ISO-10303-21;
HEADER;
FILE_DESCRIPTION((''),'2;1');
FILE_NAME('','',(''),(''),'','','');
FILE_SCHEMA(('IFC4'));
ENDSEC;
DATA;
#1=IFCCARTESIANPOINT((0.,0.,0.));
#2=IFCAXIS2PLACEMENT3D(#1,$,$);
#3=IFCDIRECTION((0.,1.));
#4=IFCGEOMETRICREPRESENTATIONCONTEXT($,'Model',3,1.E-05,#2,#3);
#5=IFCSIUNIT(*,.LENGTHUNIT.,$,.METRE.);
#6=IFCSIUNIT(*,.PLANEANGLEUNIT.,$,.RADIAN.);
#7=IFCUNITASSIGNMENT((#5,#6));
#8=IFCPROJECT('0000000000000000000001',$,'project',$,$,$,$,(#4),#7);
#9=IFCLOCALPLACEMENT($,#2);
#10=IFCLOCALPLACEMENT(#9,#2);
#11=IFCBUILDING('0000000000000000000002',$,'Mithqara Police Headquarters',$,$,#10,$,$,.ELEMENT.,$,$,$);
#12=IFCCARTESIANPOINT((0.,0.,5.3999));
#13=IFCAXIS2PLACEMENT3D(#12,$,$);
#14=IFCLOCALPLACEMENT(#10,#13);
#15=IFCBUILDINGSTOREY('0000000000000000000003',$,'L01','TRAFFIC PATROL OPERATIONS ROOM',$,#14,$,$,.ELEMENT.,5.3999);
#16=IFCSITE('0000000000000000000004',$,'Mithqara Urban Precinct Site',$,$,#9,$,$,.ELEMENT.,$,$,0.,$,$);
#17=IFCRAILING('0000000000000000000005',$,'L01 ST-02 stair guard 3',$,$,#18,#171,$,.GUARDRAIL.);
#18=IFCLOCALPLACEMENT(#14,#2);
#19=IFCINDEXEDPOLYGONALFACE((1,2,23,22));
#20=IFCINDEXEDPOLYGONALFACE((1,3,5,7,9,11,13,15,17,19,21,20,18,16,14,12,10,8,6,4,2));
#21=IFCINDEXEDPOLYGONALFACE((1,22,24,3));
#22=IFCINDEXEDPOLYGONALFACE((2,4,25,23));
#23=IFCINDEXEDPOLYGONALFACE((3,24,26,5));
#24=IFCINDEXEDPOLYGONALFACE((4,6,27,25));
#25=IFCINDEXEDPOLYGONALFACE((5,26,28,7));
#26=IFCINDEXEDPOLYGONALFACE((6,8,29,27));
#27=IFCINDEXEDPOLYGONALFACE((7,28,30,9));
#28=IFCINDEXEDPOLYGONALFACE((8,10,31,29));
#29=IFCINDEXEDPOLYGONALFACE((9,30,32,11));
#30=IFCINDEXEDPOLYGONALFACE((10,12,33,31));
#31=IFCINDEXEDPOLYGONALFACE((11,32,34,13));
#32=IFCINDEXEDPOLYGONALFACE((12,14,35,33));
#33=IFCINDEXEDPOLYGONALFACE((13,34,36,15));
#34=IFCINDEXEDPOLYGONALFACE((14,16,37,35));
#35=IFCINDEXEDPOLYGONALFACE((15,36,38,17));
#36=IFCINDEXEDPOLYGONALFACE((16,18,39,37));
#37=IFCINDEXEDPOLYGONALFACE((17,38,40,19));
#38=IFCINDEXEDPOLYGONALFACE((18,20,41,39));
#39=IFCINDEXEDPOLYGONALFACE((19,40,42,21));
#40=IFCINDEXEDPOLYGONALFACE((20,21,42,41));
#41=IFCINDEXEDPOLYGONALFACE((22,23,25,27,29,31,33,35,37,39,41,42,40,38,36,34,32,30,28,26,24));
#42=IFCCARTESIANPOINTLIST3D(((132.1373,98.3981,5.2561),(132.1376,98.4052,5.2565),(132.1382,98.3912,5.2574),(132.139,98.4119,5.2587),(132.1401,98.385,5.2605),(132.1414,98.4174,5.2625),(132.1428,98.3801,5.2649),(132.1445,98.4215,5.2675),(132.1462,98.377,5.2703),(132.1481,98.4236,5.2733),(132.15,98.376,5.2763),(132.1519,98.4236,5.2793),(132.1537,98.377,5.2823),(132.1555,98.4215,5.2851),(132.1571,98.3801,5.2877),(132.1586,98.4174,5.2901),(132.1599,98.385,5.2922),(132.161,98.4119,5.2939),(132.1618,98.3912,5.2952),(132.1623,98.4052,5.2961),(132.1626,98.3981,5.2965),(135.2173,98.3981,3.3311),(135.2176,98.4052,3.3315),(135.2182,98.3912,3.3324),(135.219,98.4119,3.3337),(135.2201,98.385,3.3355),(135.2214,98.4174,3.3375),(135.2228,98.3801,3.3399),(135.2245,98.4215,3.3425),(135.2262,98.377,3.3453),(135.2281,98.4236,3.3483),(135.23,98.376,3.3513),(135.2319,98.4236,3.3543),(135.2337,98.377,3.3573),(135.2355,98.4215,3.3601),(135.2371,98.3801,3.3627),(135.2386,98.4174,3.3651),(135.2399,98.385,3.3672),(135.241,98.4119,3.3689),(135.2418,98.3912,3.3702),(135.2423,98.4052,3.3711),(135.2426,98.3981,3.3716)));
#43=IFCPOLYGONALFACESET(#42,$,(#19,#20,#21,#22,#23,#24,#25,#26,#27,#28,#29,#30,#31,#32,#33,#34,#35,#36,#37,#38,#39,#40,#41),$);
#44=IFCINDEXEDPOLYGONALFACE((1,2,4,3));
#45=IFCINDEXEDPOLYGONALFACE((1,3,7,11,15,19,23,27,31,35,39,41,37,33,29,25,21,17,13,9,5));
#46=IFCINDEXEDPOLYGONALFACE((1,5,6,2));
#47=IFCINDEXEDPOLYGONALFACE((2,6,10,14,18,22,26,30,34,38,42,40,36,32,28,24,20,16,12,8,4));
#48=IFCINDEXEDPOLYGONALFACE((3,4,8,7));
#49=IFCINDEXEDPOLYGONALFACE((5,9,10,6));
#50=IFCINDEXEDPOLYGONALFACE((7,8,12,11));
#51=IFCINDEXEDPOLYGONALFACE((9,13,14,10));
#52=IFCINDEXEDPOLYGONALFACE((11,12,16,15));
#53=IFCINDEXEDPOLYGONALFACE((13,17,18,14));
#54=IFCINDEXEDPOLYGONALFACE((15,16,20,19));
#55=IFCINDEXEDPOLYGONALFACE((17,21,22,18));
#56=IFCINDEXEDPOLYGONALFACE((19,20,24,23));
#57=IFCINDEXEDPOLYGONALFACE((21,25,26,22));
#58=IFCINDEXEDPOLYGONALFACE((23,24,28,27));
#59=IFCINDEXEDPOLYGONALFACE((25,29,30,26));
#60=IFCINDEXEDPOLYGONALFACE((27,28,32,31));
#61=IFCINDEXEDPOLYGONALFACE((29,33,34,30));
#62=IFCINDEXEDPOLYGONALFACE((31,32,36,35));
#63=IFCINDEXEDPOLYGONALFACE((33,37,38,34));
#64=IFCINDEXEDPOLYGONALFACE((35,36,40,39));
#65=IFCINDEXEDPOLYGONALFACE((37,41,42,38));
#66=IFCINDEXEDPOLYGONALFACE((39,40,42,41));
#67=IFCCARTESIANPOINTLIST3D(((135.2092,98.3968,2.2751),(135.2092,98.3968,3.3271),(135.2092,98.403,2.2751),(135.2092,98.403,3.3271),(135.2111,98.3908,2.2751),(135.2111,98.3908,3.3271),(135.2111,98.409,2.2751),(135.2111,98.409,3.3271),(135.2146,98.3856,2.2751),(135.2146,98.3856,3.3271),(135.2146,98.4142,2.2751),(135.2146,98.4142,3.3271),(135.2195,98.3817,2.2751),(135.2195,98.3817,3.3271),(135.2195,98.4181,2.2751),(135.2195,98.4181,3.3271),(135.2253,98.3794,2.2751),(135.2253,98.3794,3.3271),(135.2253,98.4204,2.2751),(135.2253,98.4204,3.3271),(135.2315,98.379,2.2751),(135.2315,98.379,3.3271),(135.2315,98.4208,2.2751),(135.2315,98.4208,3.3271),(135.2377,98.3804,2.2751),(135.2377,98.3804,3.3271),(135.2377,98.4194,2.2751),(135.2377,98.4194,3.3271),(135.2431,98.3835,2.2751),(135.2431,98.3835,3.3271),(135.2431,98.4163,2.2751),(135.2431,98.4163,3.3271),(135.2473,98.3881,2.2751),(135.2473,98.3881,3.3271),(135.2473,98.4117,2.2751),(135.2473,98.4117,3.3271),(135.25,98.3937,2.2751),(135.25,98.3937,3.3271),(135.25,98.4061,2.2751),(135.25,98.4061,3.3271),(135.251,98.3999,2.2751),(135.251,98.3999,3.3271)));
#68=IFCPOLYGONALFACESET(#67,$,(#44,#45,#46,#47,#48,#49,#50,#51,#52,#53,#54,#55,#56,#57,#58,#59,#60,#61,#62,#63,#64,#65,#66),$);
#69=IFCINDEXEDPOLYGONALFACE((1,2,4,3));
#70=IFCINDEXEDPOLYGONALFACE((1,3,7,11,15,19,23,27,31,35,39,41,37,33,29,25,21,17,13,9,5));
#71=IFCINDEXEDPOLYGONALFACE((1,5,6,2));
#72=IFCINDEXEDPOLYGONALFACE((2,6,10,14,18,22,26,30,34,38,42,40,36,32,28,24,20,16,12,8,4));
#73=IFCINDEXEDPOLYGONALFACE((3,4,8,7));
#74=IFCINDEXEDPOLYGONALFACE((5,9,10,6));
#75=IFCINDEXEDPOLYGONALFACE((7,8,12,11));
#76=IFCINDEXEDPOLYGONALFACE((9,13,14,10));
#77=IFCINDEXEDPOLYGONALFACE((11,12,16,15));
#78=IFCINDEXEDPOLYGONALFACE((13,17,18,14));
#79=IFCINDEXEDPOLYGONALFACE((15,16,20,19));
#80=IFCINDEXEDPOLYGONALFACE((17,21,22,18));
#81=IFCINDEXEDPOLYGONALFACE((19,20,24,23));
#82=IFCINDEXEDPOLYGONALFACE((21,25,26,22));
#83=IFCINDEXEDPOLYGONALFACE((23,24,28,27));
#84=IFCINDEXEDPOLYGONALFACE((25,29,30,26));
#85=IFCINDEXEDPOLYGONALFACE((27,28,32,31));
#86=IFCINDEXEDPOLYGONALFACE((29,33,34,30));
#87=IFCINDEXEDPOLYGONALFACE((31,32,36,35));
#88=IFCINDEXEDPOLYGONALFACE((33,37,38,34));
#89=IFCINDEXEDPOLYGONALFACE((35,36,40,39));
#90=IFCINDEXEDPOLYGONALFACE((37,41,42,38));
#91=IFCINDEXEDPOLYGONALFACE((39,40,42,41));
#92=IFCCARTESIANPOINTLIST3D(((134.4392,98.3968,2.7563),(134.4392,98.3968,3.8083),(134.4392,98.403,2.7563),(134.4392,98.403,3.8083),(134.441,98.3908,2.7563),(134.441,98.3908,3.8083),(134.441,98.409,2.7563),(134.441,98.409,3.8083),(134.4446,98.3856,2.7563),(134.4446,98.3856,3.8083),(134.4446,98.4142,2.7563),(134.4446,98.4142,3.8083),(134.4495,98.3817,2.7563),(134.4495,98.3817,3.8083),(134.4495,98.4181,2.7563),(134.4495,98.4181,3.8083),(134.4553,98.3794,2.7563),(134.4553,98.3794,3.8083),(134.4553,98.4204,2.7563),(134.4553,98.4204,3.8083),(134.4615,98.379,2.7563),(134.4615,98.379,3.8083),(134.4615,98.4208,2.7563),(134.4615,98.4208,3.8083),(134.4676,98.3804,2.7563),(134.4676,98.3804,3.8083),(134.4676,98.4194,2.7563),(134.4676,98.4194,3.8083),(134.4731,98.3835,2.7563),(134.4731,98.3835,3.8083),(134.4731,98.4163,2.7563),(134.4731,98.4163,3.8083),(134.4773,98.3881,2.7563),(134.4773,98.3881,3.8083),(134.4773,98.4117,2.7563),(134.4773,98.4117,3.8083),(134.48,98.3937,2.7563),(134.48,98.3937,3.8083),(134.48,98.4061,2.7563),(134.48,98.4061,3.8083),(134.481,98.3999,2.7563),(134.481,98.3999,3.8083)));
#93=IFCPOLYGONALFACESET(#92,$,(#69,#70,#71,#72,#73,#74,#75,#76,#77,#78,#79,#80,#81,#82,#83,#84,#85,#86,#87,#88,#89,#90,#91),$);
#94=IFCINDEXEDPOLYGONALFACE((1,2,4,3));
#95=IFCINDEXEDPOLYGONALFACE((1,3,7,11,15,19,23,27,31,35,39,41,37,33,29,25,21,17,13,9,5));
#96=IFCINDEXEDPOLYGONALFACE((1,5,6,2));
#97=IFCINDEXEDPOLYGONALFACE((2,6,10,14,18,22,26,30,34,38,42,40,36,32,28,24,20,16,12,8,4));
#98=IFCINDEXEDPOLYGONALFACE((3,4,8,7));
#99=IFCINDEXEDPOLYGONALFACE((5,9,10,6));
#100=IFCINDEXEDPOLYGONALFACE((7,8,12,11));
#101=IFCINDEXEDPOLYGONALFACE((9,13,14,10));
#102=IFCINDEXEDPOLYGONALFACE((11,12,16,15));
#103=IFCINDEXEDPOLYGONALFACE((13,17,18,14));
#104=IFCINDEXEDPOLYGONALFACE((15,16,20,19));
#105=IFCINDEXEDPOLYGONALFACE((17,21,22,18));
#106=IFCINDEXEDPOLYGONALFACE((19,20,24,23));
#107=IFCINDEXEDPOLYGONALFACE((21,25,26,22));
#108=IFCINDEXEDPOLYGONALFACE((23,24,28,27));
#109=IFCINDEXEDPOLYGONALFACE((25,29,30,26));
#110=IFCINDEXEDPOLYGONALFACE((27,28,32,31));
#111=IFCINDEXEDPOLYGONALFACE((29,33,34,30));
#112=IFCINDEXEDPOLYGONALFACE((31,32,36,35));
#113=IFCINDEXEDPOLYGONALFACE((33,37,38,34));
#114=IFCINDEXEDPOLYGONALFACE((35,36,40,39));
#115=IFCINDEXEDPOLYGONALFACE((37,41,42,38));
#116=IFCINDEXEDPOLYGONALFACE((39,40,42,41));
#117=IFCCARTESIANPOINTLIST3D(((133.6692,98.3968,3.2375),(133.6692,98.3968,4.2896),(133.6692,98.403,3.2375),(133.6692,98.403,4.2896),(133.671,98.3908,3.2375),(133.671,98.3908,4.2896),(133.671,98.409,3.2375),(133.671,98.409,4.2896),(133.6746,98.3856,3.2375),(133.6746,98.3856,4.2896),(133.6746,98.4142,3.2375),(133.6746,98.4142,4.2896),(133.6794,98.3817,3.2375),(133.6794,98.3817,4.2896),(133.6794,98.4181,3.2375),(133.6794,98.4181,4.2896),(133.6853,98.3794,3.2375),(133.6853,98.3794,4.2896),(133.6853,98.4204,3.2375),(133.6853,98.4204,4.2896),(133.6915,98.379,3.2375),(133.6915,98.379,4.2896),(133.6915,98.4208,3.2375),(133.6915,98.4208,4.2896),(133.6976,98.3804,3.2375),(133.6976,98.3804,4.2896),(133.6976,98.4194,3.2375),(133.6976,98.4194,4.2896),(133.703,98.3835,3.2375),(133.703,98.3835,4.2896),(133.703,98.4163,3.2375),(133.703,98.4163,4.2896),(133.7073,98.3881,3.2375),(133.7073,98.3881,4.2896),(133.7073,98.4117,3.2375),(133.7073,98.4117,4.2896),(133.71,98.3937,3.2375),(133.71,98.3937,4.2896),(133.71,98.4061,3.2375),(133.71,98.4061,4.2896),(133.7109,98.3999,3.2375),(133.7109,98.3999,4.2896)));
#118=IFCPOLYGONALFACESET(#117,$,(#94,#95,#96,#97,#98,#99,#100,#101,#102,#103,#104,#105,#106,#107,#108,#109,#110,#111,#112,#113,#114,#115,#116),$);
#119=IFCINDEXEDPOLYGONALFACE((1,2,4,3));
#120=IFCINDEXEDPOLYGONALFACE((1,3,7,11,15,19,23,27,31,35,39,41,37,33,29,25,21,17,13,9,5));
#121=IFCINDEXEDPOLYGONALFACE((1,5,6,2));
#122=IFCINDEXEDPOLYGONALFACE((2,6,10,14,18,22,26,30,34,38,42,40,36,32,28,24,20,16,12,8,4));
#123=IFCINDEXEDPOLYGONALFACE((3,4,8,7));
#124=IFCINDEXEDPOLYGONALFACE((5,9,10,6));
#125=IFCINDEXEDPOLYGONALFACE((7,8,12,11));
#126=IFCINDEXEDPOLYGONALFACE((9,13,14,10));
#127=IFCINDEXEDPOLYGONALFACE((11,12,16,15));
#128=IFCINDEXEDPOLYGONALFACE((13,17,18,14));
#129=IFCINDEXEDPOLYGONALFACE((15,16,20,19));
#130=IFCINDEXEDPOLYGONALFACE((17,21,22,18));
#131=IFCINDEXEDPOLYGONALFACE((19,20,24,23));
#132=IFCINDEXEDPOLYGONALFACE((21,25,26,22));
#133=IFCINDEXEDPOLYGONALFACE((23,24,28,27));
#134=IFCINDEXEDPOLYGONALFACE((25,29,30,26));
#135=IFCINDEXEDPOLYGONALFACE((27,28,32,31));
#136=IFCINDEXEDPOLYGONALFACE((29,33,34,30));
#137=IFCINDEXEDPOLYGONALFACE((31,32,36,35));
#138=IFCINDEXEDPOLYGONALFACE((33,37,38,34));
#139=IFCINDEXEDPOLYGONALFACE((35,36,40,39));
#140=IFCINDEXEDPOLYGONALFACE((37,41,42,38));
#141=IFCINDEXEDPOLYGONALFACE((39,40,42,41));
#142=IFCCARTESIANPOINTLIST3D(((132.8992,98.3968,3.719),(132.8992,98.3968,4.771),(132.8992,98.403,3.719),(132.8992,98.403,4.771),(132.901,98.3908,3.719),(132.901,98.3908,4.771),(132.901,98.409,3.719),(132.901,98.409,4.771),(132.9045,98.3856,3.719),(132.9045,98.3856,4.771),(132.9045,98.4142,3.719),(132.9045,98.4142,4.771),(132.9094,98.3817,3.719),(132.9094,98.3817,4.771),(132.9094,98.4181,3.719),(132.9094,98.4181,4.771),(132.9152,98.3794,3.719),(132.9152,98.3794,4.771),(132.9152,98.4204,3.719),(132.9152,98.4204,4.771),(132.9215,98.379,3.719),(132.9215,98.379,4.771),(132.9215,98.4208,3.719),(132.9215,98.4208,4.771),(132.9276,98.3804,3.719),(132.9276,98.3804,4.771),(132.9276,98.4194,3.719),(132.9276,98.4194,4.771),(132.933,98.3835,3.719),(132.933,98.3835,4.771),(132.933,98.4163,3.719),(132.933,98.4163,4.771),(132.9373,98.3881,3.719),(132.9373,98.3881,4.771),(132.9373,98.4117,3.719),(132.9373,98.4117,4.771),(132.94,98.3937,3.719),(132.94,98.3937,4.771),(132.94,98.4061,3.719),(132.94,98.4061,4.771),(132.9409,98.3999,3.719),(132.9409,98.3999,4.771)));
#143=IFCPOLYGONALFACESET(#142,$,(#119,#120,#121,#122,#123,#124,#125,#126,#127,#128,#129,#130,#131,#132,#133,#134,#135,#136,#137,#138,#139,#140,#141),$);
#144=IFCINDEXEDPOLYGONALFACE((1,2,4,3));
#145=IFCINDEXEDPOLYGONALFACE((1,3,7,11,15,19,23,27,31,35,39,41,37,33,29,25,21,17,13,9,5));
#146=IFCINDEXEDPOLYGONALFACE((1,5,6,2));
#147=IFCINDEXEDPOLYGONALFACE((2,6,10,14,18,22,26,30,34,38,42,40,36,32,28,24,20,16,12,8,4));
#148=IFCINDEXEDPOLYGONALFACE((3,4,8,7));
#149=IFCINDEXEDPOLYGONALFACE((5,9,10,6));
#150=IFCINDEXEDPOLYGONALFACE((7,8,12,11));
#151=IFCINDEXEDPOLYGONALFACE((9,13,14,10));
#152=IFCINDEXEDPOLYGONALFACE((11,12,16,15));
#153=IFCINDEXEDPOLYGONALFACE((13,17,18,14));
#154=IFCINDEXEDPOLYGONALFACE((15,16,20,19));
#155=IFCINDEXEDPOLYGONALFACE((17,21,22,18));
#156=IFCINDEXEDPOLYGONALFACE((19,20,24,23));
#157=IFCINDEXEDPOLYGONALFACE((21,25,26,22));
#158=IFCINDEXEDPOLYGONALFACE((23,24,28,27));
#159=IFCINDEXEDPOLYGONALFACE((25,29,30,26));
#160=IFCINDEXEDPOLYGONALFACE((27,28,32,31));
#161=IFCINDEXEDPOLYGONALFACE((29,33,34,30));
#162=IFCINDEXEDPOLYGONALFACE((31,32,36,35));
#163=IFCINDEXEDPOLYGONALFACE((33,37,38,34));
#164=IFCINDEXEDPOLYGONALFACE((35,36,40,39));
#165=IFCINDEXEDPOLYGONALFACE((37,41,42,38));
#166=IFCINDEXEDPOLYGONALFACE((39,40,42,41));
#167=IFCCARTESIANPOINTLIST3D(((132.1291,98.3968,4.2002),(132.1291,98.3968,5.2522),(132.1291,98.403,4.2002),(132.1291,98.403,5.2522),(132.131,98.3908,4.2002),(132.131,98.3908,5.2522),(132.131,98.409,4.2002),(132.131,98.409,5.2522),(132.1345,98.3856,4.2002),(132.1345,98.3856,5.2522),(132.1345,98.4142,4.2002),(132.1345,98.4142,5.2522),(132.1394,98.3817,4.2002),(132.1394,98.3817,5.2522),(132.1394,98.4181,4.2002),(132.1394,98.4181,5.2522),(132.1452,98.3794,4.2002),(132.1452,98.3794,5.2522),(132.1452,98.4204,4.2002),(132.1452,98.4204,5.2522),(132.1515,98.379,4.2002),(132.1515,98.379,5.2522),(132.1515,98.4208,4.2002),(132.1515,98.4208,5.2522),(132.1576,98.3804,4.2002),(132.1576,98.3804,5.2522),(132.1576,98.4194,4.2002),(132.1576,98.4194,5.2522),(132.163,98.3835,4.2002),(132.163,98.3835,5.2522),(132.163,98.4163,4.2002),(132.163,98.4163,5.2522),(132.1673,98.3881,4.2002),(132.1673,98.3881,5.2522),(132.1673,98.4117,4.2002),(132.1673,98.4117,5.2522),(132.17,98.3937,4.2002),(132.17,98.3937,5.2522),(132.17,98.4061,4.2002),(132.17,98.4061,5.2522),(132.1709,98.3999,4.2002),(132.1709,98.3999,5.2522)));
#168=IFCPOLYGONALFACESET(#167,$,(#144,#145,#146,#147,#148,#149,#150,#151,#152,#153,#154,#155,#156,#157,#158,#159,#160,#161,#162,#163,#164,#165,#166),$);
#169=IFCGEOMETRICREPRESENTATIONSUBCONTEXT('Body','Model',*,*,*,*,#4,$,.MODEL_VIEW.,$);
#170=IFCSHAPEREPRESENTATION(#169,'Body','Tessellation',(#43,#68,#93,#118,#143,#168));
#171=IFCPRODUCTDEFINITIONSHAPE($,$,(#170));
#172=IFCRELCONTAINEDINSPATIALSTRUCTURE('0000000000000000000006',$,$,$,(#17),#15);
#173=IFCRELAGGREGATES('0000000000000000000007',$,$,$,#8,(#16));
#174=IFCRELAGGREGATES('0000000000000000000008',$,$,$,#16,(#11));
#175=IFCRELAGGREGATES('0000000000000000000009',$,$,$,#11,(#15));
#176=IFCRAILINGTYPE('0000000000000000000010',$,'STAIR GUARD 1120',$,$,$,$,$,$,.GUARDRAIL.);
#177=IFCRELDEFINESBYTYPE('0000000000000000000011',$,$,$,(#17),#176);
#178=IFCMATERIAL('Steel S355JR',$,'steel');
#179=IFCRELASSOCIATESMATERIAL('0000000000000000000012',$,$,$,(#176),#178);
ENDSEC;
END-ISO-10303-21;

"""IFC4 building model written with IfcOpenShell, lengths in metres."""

from ifc_helpers import new_model, si_unit, direction, frame, origin, origin_2d, place, context, subcontext, project, spatial, circle, extrude, material, type_object, element, save


model = new_model("IFC4")

# Units and contexts
model_context = context("Model", 3, precision=1e-05, world=origin(), true_north=direction((0.0, 1.0)))
body_context = subcontext(model_context, "Body", "Model", "MODEL_VIEW")
ifc_project = project(units=[si_unit("LENGTHUNIT", "METRE"), si_unit("PLANEANGLEUNIT", "RADIAN")], contexts=[model_context])

# Site, building, storey
site_placement = place(None, origin())
site = spatial("IfcSite", under=ifc_project, at=site_placement, Name="Mithqara Urban Precinct Site", CompositionType="ELEMENT", RefElevation=0.0)
building_placement = place(site_placement, origin())
building = spatial("IfcBuilding", under=site, at=building_placement, Name="Mithqara Police Headquarters", CompositionType="ELEMENT")
storey_placement = place(building_placement, frame((0.0, 0.0, 5.3999)))
storey = spatial("IfcBuildingStorey", under=building, at=storey_placement, Name="L01", Description="TRAFFIC PATROL OPERATIONS ROOM", CompositionType="ELEMENT", Elevation=5.3999)

# Shared definitions
ifc_material_1 = material(Name="Steel S355JR", Category="steel")

# Railing
railing_type_1 = type_object("IfcRailingType", Name="STAIR GUARD 1120", PredefinedType="GUARDRAIL", material=ifc_material_1)
railing_1_placement = place(storey_placement, frame((135.23, 98.3999, 2.2751)))
element("IfcRailing", 1, at=railing_1_placement, inside=storey, type_object=railing_type_1, Name="L01 ST-02 stair guard 3", PredefinedType="GUARDRAIL", context=body_context, shape_type="SweptSolid", body=[
    extrude(circle(Radius=0.0239, at=origin_2d()), frame((0.0, 0.0, 1.0762), z_axis=(-0.847998, 0.0, 0.529999), x_axis=(0.0, -1.0, 0.0)), (0.0, 0.0, 1.0), 3.6321),
    extrude(circle(Radius=0.021, at=origin_2d()), origin(), (0.0, 0.0, 1.0), 1.052),
    extrude(circle(Radius=0.021, at=origin_2d()), frame((-0.77, 0.0, 0.4812)), (0.0, 0.0, 1.0), 1.052),
    extrude(circle(Radius=0.021, at=origin_2d()), frame((-1.54, 0.0, 0.9624)), (0.0, 0.0, 1.0), 1.052),
    extrude(circle(Radius=0.021, at=origin_2d()), frame((-2.3101, 0.0, 1.4438)), (0.0, 0.0, 1.0), 1.052),
    extrude(circle(Radius=0.021, at=origin_2d()), frame((-3.0801, 0.0, 1.925)), (0.0, 0.0, 1.0), 1.052),
])

save(model, "model.ifc")
